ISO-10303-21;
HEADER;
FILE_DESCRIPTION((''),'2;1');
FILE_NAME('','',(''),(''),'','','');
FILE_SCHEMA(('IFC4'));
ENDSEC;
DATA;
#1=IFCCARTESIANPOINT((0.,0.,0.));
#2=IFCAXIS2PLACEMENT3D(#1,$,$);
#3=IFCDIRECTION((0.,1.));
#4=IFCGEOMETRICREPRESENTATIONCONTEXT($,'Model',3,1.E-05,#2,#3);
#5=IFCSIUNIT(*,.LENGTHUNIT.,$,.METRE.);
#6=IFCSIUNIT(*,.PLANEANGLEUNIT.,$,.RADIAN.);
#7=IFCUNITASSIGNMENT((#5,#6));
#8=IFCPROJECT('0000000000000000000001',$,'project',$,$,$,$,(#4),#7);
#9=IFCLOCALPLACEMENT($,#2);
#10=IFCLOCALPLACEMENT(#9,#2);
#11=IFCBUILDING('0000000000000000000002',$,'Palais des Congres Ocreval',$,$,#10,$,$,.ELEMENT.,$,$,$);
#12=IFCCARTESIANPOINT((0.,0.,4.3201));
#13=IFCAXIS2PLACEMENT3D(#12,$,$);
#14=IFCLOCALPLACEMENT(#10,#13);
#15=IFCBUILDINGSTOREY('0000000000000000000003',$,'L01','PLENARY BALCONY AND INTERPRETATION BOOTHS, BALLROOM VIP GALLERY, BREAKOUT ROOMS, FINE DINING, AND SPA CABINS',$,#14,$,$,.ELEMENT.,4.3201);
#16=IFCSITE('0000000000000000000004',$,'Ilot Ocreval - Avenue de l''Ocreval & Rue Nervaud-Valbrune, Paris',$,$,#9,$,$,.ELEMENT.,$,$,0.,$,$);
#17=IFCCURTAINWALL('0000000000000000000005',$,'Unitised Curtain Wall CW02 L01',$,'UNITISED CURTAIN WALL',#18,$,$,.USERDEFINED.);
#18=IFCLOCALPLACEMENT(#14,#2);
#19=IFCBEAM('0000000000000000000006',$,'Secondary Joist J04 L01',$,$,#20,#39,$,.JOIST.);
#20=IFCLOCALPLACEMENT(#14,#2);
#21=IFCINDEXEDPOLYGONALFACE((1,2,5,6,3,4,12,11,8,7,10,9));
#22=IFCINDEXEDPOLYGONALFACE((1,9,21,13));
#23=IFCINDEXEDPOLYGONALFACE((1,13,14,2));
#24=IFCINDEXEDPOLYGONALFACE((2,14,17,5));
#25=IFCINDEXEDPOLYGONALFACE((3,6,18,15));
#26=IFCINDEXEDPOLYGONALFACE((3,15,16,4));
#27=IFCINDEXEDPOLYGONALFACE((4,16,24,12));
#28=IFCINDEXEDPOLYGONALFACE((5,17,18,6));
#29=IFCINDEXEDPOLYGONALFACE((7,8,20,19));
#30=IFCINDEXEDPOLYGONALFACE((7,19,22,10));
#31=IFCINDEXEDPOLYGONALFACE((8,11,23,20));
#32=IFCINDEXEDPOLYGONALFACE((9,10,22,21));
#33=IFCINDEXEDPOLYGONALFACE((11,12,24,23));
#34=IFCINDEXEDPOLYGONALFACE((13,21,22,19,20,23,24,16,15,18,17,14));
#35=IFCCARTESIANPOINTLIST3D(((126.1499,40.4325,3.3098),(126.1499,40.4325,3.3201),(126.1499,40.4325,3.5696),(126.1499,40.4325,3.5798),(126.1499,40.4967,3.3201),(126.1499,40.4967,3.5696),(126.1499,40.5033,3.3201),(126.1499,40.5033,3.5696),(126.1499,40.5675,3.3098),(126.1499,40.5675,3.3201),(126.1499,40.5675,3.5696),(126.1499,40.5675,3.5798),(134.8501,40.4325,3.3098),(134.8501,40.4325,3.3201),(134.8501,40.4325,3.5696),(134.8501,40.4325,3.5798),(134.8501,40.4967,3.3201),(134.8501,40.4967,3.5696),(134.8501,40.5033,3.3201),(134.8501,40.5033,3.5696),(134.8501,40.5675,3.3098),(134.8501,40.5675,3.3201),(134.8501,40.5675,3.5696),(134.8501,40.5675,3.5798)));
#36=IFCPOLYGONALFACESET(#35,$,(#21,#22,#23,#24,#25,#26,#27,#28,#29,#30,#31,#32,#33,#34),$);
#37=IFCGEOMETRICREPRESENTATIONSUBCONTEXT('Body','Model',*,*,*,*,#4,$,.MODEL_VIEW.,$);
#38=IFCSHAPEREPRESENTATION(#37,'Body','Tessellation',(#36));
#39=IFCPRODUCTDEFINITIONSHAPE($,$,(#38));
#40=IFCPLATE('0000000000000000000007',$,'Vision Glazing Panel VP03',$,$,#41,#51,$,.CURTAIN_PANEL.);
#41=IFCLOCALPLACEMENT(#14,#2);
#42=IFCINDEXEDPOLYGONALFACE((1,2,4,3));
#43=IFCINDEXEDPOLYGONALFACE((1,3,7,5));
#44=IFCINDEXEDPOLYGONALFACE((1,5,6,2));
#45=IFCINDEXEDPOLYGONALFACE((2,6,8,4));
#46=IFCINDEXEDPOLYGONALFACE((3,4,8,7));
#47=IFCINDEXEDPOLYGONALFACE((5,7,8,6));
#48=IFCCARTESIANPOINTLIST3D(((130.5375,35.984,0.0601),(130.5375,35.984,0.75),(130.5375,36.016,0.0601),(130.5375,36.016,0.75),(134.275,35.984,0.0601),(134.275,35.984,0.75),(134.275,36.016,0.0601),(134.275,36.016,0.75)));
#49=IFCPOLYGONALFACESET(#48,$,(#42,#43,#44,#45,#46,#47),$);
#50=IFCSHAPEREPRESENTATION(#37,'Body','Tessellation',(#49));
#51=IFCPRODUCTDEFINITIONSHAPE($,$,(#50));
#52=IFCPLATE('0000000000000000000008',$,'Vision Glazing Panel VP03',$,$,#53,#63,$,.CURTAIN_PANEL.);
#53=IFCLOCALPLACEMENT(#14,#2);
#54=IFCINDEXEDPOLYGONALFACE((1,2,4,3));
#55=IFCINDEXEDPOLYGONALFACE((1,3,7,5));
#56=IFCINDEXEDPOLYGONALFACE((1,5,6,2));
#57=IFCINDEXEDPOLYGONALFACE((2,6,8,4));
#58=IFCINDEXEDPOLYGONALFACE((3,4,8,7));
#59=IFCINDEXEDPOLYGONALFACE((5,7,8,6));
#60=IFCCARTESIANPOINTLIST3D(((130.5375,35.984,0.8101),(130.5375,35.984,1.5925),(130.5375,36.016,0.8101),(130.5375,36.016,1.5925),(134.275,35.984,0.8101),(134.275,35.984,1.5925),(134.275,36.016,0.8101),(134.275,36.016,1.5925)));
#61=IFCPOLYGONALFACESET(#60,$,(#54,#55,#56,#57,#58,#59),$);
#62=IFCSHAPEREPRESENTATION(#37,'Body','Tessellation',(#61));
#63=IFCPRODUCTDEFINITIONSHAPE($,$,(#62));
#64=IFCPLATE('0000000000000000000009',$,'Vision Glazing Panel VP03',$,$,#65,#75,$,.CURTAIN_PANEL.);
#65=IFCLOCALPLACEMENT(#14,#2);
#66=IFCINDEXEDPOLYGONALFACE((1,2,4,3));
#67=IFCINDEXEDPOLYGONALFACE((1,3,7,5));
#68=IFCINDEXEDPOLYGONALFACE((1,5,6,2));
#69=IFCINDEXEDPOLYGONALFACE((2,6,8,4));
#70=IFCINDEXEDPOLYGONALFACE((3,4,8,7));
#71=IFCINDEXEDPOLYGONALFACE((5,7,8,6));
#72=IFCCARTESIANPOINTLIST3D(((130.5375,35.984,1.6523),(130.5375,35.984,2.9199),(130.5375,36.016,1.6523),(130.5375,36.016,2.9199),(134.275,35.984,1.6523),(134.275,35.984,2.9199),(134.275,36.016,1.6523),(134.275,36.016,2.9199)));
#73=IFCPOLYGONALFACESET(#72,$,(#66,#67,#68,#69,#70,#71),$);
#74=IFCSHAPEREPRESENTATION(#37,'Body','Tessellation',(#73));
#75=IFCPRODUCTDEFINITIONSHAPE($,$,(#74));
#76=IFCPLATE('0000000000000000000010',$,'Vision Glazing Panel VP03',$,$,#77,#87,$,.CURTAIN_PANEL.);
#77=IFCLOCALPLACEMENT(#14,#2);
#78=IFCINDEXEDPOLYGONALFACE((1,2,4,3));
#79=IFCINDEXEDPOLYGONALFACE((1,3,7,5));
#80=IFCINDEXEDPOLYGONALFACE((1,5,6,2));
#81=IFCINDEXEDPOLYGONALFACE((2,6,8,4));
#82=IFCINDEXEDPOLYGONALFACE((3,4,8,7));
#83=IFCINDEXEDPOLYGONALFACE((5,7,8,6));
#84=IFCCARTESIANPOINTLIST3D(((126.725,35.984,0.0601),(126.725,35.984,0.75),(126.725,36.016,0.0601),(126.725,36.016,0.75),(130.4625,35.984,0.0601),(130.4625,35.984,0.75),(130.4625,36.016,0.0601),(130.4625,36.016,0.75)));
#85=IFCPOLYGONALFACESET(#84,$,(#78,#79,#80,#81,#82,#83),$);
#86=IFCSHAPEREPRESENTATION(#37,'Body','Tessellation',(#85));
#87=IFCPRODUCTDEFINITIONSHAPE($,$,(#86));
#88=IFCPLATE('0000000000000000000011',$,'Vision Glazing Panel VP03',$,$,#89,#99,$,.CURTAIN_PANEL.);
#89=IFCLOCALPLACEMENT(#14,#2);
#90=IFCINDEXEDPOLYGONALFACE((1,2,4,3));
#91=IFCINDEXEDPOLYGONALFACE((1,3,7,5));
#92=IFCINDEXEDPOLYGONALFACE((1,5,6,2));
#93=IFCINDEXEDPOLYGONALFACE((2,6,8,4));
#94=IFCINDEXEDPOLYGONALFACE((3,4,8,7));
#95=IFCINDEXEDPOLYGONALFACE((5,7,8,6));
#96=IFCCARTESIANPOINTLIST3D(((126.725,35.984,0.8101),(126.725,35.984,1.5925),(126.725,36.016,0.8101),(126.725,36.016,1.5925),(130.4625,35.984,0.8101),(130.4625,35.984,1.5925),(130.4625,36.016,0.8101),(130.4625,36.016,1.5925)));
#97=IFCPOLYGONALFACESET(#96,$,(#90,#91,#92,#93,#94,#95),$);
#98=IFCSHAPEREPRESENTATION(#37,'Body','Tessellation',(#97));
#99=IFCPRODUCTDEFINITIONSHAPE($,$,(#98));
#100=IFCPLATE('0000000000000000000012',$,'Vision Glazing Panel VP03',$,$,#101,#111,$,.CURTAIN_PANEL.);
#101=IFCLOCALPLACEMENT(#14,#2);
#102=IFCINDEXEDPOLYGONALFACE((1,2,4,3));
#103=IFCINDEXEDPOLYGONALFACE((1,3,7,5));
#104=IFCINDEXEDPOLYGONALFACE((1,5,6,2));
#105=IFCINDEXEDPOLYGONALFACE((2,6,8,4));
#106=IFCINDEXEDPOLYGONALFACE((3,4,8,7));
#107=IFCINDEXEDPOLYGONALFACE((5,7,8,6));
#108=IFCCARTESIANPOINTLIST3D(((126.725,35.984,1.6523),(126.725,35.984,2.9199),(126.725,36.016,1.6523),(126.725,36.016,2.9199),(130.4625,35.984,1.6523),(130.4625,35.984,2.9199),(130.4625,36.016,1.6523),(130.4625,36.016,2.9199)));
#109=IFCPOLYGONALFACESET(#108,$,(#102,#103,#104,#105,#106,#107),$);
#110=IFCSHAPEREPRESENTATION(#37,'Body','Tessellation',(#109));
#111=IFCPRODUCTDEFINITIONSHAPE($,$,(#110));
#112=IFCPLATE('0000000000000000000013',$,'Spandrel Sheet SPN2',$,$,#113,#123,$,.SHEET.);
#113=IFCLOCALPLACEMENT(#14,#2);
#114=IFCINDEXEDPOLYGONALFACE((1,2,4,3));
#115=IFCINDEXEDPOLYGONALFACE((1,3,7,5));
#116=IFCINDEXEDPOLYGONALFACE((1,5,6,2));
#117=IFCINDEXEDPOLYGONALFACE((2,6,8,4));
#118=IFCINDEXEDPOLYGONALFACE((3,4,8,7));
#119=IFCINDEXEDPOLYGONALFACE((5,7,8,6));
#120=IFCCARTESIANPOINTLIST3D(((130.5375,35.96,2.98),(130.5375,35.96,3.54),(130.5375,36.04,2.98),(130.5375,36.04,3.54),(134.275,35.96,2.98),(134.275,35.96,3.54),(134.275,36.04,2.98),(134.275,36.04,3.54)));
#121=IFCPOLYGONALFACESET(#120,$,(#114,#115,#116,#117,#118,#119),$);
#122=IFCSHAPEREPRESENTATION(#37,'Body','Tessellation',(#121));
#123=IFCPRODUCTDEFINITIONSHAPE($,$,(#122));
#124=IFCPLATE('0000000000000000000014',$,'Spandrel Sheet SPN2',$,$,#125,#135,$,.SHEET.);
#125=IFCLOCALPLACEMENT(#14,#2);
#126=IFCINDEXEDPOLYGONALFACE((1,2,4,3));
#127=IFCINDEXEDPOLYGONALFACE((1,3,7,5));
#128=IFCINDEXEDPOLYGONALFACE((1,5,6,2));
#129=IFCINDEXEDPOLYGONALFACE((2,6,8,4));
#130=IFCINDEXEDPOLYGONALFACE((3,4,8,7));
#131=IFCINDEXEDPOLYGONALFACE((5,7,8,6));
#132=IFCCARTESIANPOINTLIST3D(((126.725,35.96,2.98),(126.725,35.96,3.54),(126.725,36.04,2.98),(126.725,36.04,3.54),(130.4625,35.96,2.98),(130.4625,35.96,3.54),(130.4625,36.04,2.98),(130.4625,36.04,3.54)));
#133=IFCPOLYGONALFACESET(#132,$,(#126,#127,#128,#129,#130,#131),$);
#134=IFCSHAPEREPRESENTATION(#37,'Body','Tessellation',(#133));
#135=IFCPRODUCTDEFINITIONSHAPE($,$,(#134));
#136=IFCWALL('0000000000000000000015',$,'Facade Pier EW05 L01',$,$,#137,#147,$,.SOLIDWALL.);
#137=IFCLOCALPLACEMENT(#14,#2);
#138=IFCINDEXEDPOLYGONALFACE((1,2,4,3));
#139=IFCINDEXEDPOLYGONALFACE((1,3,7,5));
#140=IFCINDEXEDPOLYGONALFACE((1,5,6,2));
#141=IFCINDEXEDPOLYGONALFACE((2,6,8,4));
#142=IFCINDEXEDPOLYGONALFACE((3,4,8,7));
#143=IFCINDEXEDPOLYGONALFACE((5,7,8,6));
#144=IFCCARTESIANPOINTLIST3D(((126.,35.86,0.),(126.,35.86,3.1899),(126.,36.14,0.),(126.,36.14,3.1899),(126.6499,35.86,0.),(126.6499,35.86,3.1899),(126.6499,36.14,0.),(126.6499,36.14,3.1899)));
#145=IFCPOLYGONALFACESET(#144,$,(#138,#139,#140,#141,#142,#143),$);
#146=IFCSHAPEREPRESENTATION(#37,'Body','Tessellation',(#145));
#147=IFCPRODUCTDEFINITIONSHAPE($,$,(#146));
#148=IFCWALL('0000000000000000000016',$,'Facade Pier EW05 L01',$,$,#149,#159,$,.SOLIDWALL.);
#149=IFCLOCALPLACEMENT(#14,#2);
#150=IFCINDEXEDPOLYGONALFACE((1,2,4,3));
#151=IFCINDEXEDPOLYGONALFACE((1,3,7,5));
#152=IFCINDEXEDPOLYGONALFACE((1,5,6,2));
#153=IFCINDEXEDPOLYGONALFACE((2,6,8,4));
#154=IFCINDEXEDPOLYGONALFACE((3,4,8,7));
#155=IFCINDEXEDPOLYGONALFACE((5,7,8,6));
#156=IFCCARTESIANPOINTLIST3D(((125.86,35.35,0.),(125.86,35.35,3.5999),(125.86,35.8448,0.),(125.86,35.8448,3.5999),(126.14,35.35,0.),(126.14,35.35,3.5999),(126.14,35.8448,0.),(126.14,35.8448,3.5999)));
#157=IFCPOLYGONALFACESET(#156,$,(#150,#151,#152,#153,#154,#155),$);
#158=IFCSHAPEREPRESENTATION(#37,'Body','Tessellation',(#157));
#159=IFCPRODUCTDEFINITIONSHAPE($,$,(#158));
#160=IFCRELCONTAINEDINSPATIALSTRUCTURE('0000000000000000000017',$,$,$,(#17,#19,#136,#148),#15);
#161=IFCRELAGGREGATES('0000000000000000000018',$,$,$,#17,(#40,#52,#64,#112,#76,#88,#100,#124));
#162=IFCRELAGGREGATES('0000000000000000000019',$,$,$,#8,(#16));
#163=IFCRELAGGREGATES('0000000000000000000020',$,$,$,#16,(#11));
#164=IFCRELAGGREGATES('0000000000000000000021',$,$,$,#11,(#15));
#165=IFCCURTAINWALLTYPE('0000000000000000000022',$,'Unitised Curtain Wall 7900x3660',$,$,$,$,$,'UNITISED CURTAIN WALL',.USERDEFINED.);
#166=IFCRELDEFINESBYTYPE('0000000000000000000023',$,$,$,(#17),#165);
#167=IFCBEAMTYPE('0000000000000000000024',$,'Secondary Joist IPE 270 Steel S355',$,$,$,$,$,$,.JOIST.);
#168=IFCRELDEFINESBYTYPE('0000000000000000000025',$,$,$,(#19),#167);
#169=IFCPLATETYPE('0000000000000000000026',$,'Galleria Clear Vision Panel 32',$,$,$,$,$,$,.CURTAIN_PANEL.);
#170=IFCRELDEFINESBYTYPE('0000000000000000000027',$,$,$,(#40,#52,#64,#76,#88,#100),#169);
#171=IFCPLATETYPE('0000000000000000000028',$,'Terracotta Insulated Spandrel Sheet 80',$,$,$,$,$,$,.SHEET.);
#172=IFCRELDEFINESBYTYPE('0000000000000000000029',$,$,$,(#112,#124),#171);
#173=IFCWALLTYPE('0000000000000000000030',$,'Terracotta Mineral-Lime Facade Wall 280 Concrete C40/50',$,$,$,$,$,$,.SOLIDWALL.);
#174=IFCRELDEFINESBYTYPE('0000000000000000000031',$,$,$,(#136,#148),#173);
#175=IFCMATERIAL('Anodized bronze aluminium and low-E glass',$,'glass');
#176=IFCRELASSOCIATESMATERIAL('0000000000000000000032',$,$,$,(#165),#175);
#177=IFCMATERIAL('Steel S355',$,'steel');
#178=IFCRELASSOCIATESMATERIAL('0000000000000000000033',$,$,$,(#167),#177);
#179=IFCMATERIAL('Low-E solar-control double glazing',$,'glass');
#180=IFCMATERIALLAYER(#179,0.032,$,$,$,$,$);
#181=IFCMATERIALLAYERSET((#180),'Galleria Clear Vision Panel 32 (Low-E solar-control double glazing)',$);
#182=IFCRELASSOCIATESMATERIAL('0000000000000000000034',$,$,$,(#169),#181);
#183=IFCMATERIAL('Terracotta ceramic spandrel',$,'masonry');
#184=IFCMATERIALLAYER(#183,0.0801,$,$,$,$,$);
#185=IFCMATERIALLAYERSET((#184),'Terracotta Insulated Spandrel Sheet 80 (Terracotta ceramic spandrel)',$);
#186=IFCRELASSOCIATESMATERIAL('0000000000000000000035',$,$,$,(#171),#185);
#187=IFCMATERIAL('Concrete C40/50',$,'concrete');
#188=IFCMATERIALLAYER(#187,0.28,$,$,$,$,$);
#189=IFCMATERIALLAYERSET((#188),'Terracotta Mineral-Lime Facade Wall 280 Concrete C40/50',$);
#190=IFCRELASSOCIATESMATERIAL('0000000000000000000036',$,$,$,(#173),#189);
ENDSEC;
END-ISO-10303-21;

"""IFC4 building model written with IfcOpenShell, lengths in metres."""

from ifc_helpers import new_model, si_unit, direction, frame, frame_2d, origin, origin_2d, place, context, subcontext, project, spatial, rectangle, i_section, extrude, material, layer, layer_set, material_profile, profile_set, type_object, element, aggregate, save


model = new_model("IFC4")

# Units and contexts
model_context = context("Model", 3, precision=1e-05, world=origin(), true_north=direction((0.0, 1.0)))
body_context = subcontext(model_context, "Body", "Model", "MODEL_VIEW")
ifc_project = project(units=[si_unit("LENGTHUNIT", "METRE"), si_unit("PLANEANGLEUNIT", "RADIAN")], contexts=[model_context])

# Site, building, storey
site_placement = place(None, origin())
site = spatial("IfcSite", under=ifc_project, at=site_placement, Name="Ilot Ocreval - Avenue de l'Ocreval & Rue Nervaud-Valbrune, Paris", CompositionType="ELEMENT", RefElevation=0.0)
building_placement = place(site_placement, origin())
building = spatial("IfcBuilding", under=site, at=building_placement, Name="Palais des Congres Ocreval", CompositionType="ELEMENT")
storey_placement = place(building_placement, frame((0.0, 0.0, 4.3201)))
storey = spatial("IfcBuildingStorey", under=building, at=storey_placement, Name="L01", Description="PLENARY BALCONY AND INTERPRETATION BOOTHS, BALLROOM VIP GALLERY, BREAKOUT ROOMS, FINE DINING, AND SPA CABINS", CompositionType="ELEMENT", Elevation=4.3201)

# Shared definitions
ifc_material_1 = material(Name="Steel S355", Category="steel")

# Curtain wall
ifc_material_2 = material(Name="Anodized bronze aluminium and low-E glass", Category="glass")
curtain_wall_type = type_object("IfcCurtainWallType", Name="Unitised Curtain Wall 7900x3660", ElementType="UNITISED CURTAIN WALL", PredefinedType="USERDEFINED", material=ifc_material_2)
curtain_wall_1_placement = place(storey_placement, origin())
curtain_wall_1 = element("IfcCurtainWall", 1, at=curtain_wall_1_placement, inside=storey, type_object=curtain_wall_type, Name="Unitised Curtain Wall CW02 L01", ObjectType="UNITISED CURTAIN WALL", PredefinedType="USERDEFINED")

# Beam
ifc_material_profile_1 = material_profile(ifc_material_1, i_section(OverallWidth=0.135, OverallDepth=0.27, WebThickness=0.0066, FlangeThickness=0.0103, at=origin_2d()), Name="IPE 270")
ifc_profile_set_1 = profile_set([ifc_material_profile_1], Name="Steel S355")
beam_type_1 = type_object("IfcBeamType", Name="Secondary Joist IPE 270 Steel S355", PredefinedType="JOIST", material=ifc_profile_set_1)
beam_1_placement = place(storey_placement, frame((126.1499, 40.5, 3.4448), z_axis=(1.0, 0.0, 0.0), x_axis=(0.0, 1.0, 0.0)))
element("IfcBeam", 2, at=beam_1_placement, inside=storey, type_object=beam_type_1, Name="Secondary Joist J04 L01", PredefinedType="JOIST", context=body_context, shape_type="SweptSolid", body=[
    extrude(i_section(OverallWidth=0.135, OverallDepth=0.27, WebThickness=0.0066, FlangeThickness=0.0103, at=origin_2d()), origin(), (0.0, 0.0, 1.0), 8.7002),
])

# Plates
ifc_material_3 = material(Name="Low-E solar-control double glazing", Category="glass")
ifc_layer_1 = layer(ifc_material_3, 0.032)
ifc_layer_set_1 = layer_set([ifc_layer_1], Name="Galleria Clear Vision Panel 32 (Low-E solar-control double glazing)")
plate_type_1 = type_object("IfcPlateType", Name="Galleria Clear Vision Panel 32", PredefinedType="CURTAIN_PANEL", material=ifc_layer_set_1)
plate_1_placement = place(storey_placement, frame((132.4062, 36.0, 0.0601), z_axis=(0.0, 0.0, 1.0), x_axis=(-1.0, 0.0, 0.0)))
plate_1 = element("IfcPlate", 3, at=plate_1_placement, type_object=plate_type_1, Name="Vision Glazing Panel VP03", PredefinedType="CURTAIN_PANEL", context=body_context, shape_type="SweptSolid", body=[
    extrude(rectangle(XDim=3.7375, YDim=0.032, at=origin_2d()), origin(), (0.0, 0.0, 1.0), 0.6899),
])
plate_2_placement = place(storey_placement, frame((132.4062, 36.0, 0.8101), z_axis=(0.0, 0.0, 1.0), x_axis=(-1.0, 0.0, 0.0)))
plate_2 = element("IfcPlate", 4, at=plate_2_placement, type_object=plate_type_1, Name="Vision Glazing Panel VP03", PredefinedType="CURTAIN_PANEL", context=body_context, shape_type="SweptSolid", body=[
    extrude(rectangle(XDim=3.7375, YDim=0.032, at=origin_2d()), origin(), (0.0, 0.0, 1.0), 0.7825),
])
plate_3_placement = place(storey_placement, frame((132.4062, 36.0, 1.6523), z_axis=(0.0, 0.0, 1.0), x_axis=(-1.0, 0.0, 0.0)))
plate_3 = element("IfcPlate", 5, at=plate_3_placement, type_object=plate_type_1, Name="Vision Glazing Panel VP03", PredefinedType="CURTAIN_PANEL", context=body_context, shape_type="SweptSolid", body=[
    extrude(rectangle(XDim=3.7375, YDim=0.032, at=origin_2d()), origin(), (0.0, 0.0, 1.0), 1.2676),
])
plate_4_placement = place(storey_placement, frame((128.5938, 36.0, 0.0601), z_axis=(0.0, 0.0, 1.0), x_axis=(-1.0, 0.0, 0.0)))
plate_4 = element("IfcPlate", 6, at=plate_4_placement, type_object=plate_type_1, Name="Vision Glazing Panel VP03", PredefinedType="CURTAIN_PANEL", context=body_context, shape_type="SweptSolid", body=[
    extrude(rectangle(XDim=3.7375, YDim=0.032, at=origin_2d()), origin(), (0.0, 0.0, 1.0), 0.6899),
])
plate_5_placement = place(storey_placement, frame((128.5938, 36.0, 0.8101), z_axis=(0.0, 0.0, 1.0), x_axis=(-1.0, 0.0, 0.0)))
plate_5 = element("IfcPlate", 7, at=plate_5_placement, type_object=plate_type_1, Name="Vision Glazing Panel VP03", PredefinedType="CURTAIN_PANEL", context=body_context, shape_type="SweptSolid", body=[
    extrude(rectangle(XDim=3.7375, YDim=0.032, at=origin_2d()), origin(), (0.0, 0.0, 1.0), 0.7825),
])
plate_6_placement = place(storey_placement, frame((128.5938, 36.0, 1.6523), z_axis=(0.0, 0.0, 1.0), x_axis=(-1.0, 0.0, 0.0)))
plate_6 = element("IfcPlate", 8, at=plate_6_placement, type_object=plate_type_1, Name="Vision Glazing Panel VP03", PredefinedType="CURTAIN_PANEL", context=body_context, shape_type="SweptSolid", body=[
    extrude(rectangle(XDim=3.7375, YDim=0.032, at=origin_2d()), origin(), (0.0, 0.0, 1.0), 1.2676),
])
ifc_material_4 = material(Name="Terracotta ceramic spandrel", Category="masonry")
ifc_layer_2 = layer(ifc_material_4, 0.0801)
ifc_layer_set_2 = layer_set([ifc_layer_2], Name="Terracotta Insulated Spandrel Sheet 80 (Terracotta ceramic spandrel)")
plate_type_2 = type_object("IfcPlateType", Name="Terracotta Insulated Spandrel Sheet 80", PredefinedType="SHEET", material=ifc_layer_set_2)
plate_7_placement = place(storey_placement, frame((132.4062, 36.0, 2.98), z_axis=(0.0, 0.0, 1.0), x_axis=(-1.0, 0.0, 0.0)))
plate_7 = element("IfcPlate", 9, at=plate_7_placement, type_object=plate_type_2, Name="Spandrel Sheet SPN2", PredefinedType="SHEET", context=body_context, shape_type="SweptSolid", body=[
    extrude(rectangle(XDim=3.7375, YDim=0.0801, at=origin_2d()), origin(), (0.0, 0.0, 1.0), 0.5601),
])
plate_8_placement = place(storey_placement, frame((128.5938, 36.0, 2.98), z_axis=(0.0, 0.0, 1.0), x_axis=(-1.0, 0.0, 0.0)))
plate_8 = element("IfcPlate", 10, at=plate_8_placement, type_object=plate_type_2, Name="Spandrel Sheet SPN2", PredefinedType="SHEET", context=body_context, shape_type="SweptSolid", body=[
    extrude(rectangle(XDim=3.7375, YDim=0.0801, at=origin_2d()), origin(), (0.0, 0.0, 1.0), 0.5601),
])
aggregate(curtain_wall_1, [plate_1, plate_2, plate_3, plate_7, plate_4, plate_5, plate_6, plate_8])

# Walls
ifc_material_5 = material(Name="Concrete C40/50", Category="concrete")
ifc_layer_3 = layer(ifc_material_5, 0.28)
ifc_layer_set_3 = layer_set([ifc_layer_3], Name="Terracotta Mineral-Lime Facade Wall 280 Concrete C40/50")
wall_type = type_object("IfcWallType", Name="Terracotta Mineral-Lime Facade Wall 280 Concrete C40/50", PredefinedType="SOLIDWALL", material=ifc_layer_set_3)
wall_1_placement = place(storey_placement, frame((126.6499, 36.0, 0.0), z_axis=(0.0, 0.0, 1.0), x_axis=(-1.0, 0.0, 0.0)))
element("IfcWall", 11, at=wall_1_placement, inside=storey, type_object=wall_type, Name="Facade Pier EW05 L01", PredefinedType="SOLIDWALL", context=body_context, shape_type="SweptSolid", body=[
    extrude(rectangle(XDim=0.6499, YDim=0.28, at=frame_2d((0.325, 0.0))), origin(), (0.0, 0.0, 1.0), 3.1899),
])
wall_2_placement = place(storey_placement, frame((126.0, 35.845, 0.0), z_axis=(0.0, 0.0, 1.0), x_axis=(0.0, -1.0, 0.0)))
element("IfcWall", 12, at=wall_2_placement, inside=storey, type_object=wall_type, Name="Facade Pier EW05 L01", PredefinedType="SOLIDWALL", context=body_context, shape_type="SweptSolid", body=[
    extrude(rectangle(XDim=0.4949, YDim=0.28, at=frame_2d((0.2476, 0.0))), origin(), (0.0, 0.0, 1.0), 3.5999),
])

save(model, "model.ifc")
